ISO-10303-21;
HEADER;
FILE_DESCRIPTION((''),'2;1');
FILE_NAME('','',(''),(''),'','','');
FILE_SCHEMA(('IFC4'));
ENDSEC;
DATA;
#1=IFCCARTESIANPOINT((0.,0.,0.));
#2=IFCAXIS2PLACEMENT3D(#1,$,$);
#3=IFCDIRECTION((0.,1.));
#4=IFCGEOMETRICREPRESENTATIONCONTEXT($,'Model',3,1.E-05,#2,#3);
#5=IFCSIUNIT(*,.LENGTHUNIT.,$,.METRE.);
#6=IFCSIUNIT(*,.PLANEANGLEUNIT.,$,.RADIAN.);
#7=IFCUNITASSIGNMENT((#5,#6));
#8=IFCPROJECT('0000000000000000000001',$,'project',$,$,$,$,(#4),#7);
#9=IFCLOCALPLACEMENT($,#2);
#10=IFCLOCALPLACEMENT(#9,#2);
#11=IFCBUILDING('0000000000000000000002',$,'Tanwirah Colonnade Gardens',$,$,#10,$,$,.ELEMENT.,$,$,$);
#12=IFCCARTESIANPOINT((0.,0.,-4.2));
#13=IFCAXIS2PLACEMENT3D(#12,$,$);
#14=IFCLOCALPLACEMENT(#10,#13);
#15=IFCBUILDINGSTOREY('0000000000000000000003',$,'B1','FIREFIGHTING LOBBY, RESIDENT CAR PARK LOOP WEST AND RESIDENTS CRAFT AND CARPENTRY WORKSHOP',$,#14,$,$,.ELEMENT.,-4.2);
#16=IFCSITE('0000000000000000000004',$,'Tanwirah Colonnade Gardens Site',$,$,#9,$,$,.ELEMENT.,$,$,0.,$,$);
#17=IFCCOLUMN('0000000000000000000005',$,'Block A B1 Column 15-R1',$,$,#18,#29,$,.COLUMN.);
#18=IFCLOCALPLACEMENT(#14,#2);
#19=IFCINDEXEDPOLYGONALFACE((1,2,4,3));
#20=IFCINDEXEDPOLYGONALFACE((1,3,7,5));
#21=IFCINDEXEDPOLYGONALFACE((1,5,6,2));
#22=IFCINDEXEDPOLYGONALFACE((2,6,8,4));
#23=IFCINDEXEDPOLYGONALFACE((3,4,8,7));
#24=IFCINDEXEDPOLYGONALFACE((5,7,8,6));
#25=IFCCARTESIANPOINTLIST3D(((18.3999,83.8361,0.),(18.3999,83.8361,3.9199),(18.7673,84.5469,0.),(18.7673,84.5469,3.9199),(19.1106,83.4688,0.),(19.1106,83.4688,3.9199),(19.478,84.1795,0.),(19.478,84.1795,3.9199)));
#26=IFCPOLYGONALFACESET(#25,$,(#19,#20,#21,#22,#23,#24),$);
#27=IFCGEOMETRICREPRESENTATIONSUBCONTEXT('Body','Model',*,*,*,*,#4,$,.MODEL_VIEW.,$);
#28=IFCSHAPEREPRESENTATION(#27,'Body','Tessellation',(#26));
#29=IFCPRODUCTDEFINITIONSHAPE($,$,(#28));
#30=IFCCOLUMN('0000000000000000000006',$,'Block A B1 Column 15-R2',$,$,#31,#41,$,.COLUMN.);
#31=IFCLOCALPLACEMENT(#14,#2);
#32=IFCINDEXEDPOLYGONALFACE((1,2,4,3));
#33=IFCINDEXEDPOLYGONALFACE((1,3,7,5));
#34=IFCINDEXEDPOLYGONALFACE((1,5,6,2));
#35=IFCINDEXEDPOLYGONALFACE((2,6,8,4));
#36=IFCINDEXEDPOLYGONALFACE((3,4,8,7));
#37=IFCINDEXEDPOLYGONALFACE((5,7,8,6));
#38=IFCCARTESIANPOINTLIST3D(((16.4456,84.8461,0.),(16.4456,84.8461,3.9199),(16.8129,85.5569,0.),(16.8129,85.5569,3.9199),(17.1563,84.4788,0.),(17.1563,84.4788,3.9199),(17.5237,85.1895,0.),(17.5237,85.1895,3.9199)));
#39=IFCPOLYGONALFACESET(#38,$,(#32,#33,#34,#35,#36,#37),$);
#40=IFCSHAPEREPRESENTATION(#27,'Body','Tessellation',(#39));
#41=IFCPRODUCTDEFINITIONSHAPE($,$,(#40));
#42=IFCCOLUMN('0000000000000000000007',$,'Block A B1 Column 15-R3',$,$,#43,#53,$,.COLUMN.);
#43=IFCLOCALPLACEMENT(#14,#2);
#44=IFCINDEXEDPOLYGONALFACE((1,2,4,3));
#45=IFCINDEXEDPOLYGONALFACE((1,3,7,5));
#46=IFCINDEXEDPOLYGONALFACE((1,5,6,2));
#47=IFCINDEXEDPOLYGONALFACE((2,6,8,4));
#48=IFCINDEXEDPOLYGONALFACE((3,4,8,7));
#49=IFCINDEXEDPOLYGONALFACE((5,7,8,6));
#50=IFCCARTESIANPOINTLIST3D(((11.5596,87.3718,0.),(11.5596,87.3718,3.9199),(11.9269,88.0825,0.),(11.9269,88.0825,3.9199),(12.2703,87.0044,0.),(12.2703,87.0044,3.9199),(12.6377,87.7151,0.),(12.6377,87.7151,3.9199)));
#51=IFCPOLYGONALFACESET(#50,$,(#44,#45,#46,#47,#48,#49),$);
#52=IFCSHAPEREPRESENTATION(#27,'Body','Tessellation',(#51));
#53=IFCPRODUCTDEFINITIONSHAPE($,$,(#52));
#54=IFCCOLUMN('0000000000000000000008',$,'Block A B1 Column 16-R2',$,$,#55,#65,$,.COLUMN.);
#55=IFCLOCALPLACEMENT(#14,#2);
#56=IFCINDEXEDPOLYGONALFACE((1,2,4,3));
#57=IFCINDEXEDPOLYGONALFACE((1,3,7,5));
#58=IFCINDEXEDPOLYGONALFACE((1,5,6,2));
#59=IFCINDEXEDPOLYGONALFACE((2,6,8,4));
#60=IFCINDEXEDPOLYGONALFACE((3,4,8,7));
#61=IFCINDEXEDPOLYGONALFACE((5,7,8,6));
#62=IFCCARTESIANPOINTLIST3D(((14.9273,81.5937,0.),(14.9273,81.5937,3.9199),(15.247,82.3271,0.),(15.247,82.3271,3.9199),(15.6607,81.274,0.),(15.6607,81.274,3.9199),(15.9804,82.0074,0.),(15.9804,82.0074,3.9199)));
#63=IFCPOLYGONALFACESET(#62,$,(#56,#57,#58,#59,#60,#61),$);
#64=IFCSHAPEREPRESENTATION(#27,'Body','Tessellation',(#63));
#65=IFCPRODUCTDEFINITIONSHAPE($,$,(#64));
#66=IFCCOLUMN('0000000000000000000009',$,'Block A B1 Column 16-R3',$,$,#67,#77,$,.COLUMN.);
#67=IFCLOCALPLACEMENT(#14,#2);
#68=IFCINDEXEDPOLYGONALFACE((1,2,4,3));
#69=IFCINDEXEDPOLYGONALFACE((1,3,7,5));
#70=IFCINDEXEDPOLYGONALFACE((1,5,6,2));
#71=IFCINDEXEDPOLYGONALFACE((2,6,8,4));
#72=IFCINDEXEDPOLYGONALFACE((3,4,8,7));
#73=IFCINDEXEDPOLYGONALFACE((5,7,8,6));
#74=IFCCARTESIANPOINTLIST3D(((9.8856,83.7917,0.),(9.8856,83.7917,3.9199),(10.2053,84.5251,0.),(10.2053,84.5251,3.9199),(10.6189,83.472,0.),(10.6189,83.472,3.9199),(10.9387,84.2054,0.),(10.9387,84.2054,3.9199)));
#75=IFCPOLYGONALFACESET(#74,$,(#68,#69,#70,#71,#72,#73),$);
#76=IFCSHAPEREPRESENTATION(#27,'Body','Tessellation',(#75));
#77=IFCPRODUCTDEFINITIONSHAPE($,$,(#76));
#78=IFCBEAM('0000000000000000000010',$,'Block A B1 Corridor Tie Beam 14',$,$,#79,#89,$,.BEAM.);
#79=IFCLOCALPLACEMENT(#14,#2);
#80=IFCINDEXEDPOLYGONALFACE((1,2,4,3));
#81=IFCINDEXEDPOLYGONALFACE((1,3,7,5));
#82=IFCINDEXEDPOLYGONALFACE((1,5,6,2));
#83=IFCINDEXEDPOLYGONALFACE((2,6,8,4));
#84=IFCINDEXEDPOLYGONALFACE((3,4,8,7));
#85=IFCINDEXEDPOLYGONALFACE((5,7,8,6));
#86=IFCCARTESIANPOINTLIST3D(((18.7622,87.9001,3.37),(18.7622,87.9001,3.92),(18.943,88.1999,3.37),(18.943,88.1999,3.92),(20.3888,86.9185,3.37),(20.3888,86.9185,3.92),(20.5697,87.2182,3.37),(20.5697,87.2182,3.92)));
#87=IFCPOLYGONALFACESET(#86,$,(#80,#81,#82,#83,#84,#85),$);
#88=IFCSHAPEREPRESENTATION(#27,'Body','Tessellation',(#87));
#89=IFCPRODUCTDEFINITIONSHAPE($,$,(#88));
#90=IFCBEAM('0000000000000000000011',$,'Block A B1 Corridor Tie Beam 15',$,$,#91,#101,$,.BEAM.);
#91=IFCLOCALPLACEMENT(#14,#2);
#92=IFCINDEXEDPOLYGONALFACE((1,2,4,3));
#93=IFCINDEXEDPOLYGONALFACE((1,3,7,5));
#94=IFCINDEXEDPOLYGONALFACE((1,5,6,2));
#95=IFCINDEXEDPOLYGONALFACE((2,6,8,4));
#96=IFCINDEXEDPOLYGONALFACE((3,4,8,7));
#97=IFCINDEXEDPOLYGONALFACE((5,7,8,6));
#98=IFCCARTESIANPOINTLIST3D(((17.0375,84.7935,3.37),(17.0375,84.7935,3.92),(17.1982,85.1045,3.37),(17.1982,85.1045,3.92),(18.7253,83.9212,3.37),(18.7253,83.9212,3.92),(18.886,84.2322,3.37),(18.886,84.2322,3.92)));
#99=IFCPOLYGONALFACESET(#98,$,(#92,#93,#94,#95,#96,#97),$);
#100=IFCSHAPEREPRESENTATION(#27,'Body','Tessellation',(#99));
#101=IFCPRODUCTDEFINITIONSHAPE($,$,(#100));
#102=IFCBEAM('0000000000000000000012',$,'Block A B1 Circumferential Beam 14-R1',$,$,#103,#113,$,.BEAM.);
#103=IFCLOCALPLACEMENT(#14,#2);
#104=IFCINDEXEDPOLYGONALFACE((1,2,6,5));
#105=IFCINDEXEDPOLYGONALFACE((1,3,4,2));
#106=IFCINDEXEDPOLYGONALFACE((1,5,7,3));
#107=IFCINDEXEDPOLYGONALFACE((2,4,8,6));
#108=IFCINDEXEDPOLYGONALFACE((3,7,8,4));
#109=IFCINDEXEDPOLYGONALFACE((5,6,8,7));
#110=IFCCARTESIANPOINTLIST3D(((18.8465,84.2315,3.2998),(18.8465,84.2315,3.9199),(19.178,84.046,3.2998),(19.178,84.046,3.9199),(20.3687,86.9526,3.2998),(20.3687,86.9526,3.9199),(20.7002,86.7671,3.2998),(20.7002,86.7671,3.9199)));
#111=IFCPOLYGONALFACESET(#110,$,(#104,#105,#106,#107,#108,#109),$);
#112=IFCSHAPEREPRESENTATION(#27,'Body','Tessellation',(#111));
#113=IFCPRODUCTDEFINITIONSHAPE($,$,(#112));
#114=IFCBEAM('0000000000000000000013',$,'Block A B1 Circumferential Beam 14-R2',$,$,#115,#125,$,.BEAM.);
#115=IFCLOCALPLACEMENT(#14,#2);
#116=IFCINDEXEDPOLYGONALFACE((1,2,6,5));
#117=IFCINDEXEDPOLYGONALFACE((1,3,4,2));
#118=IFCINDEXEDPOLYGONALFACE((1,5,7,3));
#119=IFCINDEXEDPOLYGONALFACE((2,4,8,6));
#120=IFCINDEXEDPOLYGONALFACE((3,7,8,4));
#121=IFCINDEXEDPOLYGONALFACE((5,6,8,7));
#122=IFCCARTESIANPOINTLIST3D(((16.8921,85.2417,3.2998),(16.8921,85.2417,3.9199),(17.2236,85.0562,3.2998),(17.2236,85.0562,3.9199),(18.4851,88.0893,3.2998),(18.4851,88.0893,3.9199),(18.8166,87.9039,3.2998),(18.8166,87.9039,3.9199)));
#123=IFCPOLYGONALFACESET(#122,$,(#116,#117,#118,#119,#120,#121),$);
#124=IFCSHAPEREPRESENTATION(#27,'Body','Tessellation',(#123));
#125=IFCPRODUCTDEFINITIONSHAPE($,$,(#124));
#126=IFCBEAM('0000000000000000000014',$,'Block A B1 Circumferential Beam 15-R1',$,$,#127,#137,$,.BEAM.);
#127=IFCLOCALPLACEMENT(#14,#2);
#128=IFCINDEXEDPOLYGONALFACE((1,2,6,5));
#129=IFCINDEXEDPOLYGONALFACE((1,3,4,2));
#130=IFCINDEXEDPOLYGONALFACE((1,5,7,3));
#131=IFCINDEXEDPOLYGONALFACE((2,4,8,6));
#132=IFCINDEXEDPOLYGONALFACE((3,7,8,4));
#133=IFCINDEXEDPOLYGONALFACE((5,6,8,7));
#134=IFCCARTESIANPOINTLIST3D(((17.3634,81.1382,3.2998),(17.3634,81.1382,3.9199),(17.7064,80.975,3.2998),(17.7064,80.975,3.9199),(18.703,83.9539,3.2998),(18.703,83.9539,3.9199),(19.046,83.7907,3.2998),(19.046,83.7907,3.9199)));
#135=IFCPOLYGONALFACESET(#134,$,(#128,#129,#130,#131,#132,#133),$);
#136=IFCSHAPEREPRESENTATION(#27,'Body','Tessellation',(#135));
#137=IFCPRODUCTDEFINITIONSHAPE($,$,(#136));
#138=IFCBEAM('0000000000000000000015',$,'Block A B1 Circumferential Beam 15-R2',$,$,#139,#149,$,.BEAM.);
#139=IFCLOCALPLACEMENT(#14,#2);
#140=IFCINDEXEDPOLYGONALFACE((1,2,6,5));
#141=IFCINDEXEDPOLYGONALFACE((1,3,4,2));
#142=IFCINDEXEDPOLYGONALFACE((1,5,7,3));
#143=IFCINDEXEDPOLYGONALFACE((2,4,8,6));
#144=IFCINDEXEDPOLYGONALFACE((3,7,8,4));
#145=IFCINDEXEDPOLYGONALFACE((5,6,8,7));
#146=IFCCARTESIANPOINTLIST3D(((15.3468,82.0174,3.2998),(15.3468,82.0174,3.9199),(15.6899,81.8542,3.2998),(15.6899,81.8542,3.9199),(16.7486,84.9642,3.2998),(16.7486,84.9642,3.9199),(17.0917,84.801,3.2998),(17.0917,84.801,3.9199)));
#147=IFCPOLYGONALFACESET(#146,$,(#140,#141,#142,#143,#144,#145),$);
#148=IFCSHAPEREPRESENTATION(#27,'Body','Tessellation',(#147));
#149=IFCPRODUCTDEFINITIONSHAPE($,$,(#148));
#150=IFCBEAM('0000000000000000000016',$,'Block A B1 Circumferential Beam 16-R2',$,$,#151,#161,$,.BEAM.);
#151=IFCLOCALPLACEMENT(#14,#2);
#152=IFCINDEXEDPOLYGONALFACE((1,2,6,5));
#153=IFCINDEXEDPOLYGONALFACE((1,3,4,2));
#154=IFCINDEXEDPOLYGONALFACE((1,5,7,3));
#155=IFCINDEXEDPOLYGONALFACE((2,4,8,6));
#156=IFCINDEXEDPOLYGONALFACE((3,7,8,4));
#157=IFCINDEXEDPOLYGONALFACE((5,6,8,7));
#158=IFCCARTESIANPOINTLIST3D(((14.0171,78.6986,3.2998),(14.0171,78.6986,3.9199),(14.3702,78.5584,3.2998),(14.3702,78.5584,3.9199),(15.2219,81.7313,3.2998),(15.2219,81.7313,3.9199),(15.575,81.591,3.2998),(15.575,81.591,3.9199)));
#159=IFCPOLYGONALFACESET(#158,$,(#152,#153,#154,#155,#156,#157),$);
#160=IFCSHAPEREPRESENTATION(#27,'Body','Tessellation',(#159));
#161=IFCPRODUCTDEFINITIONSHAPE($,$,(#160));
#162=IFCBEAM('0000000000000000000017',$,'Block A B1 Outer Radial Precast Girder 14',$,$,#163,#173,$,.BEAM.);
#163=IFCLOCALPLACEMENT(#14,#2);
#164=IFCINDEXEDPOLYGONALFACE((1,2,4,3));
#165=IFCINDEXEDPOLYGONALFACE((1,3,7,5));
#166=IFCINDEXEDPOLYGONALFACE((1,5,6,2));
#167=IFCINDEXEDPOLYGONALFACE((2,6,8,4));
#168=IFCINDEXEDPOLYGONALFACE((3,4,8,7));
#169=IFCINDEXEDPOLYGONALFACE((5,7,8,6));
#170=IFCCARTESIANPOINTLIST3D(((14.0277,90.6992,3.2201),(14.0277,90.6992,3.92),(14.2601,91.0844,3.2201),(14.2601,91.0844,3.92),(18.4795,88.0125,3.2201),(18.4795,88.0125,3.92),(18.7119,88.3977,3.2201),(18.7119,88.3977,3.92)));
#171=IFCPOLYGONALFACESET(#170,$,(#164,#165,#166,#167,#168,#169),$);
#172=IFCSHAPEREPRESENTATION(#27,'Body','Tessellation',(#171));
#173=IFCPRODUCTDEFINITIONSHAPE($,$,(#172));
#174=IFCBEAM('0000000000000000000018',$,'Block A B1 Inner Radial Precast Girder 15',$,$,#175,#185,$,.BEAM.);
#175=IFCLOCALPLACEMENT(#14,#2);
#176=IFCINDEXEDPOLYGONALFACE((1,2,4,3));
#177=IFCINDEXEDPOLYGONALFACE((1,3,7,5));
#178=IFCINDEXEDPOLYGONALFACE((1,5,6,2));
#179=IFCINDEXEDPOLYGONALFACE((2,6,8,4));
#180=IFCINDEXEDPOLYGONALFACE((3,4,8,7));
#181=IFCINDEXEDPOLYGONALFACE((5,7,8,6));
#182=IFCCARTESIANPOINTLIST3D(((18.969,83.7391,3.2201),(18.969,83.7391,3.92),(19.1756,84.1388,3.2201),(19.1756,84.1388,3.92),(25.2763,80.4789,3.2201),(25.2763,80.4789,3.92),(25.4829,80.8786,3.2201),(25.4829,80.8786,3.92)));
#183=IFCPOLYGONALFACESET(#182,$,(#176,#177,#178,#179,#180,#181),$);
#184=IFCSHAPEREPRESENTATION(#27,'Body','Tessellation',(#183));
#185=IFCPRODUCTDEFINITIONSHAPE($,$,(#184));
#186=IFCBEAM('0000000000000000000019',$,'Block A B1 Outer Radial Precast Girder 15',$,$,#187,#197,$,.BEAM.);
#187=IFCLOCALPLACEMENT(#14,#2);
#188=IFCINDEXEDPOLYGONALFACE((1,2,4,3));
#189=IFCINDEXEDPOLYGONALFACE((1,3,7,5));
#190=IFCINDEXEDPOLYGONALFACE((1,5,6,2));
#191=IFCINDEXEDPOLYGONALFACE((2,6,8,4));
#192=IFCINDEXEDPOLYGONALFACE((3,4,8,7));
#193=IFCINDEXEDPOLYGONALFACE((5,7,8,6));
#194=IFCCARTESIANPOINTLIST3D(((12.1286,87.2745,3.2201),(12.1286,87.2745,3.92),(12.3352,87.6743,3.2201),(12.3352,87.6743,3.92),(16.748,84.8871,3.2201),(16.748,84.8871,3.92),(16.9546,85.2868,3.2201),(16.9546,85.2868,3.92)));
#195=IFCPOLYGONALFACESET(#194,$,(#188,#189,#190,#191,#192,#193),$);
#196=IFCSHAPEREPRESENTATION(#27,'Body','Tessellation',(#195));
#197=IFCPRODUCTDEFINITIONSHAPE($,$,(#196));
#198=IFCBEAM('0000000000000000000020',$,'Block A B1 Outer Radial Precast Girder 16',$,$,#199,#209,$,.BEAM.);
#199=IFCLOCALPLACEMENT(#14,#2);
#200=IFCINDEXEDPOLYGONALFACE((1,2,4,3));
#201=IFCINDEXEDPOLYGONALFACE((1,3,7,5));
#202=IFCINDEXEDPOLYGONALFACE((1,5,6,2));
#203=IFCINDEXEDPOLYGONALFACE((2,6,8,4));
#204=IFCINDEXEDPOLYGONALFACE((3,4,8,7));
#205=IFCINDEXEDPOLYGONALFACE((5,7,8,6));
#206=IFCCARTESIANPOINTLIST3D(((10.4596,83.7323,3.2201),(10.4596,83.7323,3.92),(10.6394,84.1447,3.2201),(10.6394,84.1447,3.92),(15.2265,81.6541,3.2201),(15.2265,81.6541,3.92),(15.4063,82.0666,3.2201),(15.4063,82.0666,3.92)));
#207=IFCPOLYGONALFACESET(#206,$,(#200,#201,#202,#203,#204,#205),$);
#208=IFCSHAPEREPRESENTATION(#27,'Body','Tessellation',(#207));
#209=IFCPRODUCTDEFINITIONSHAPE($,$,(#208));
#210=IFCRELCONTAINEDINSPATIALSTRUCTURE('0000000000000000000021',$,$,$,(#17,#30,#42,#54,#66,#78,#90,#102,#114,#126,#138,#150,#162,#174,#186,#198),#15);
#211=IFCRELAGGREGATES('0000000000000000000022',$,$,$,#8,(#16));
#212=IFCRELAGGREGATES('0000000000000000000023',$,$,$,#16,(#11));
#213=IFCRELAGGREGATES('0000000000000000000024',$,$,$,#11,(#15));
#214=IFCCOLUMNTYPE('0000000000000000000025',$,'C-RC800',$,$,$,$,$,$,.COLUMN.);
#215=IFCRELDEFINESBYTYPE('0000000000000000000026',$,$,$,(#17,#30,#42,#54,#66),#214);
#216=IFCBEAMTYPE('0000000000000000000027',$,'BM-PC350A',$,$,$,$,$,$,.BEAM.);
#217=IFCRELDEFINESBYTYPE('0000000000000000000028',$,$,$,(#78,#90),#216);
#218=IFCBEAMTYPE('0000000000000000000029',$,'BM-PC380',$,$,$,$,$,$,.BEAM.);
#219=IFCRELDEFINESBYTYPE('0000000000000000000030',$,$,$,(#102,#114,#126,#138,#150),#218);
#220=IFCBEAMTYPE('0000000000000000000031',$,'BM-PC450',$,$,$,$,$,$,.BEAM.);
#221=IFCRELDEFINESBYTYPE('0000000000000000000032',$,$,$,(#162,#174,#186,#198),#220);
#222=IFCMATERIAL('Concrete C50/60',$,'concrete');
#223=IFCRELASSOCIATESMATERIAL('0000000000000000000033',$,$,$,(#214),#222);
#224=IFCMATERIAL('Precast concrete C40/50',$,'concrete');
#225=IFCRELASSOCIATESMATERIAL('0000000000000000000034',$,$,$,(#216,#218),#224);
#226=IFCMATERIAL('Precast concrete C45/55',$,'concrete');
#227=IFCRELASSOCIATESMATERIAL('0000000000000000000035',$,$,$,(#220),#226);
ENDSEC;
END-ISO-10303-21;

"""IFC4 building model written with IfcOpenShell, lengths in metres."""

from ifc_helpers import new_model, si_unit, direction, frame, origin, origin_2d, place, context, subcontext, project, spatial, rectangle, extrude, material, material_profile, profile_set, type_object, element, save


model = new_model("IFC4")

# Units and contexts
model_context = context("Model", 3, precision=1e-05, world=origin(), true_north=direction((0.0, 1.0)))
body_context = subcontext(model_context, "Body", "Model", "MODEL_VIEW")
ifc_project = project(units=[si_unit("LENGTHUNIT", "METRE"), si_unit("PLANEANGLEUNIT", "RADIAN")], contexts=[model_context])

# Site, building, storey
site_placement = place(None, origin())
site = spatial("IfcSite", under=ifc_project, at=site_placement, Name="Tanwirah Colonnade Gardens Site", CompositionType="ELEMENT", RefElevation=0.0)
building_placement = place(site_placement, origin())
building = spatial("IfcBuilding", under=site, at=building_placement, Name="Tanwirah Colonnade Gardens", CompositionType="ELEMENT")
storey_placement = place(building_placement, frame((0.0, 0.0, -4.2)))
storey = spatial("IfcBuildingStorey", under=building, at=storey_placement, Name="B1", Description="FIREFIGHTING LOBBY, RESIDENT CAR PARK LOOP WEST AND RESIDENTS CRAFT AND CARPENTRY WORKSHOP", CompositionType="ELEMENT", Elevation=-4.2)

# Columns
ifc_material_1 = material(Name="Concrete C50/60", Category="concrete")
ifc_material_profile_1 = material_profile(ifc_material_1, rectangle(XDim=0.8, YDim=0.8, at=origin_2d()), Name="RC-COL 800x800")
ifc_profile_set_1 = profile_set([ifc_material_profile_1], Name="Concrete C50/60")
column_type = type_object("IfcColumnType", Name="C-RC800", PredefinedType="COLUMN", material=ifc_profile_set_1)
for number, where, z_axis, x_axis, name in (
    (1, (18.939, 84.0078, 0.0), (0.0, 0.0, 1.0), (-0.88835, 0.459166, 0.0), "Block A B1 Column 15-R1"),
    (2, (16.9846, 85.0178, 0.0), (0.0, 0.0, 1.0), (-0.88835, 0.459166, 0.0), "Block A B1 Column 15-R2"),
    (3, (12.0986, 87.5435, 0.0), (0.0, 0.0, 1.0), (-0.88835, 0.459166, 0.0), "Block A B1 Column 15-R3"),
    (4, (15.4539, 81.8005, 0.0), (0.0, 0.0, 1.0), (-0.916673, 0.399638, 0.0), "Block A B1 Column 16-R2"),
    (5, (10.4121, 83.9985, 0.0), (0.0, 0.0, 1.0), (-0.916673, 0.399638, 0.0), "Block A B1 Column 16-R3"),
):
    element("IfcColumn", number, at=place(storey_placement, frame(where, z_axis=z_axis, x_axis=x_axis)), inside=storey, type_object=column_type, Name=name, PredefinedType="COLUMN", context=body_context, shape_type="SweptSolid", body=[
        extrude(rectangle(XDim=0.8, YDim=0.8, at=origin_2d()), origin(), (0.0, 0.0, 1.0), 3.9199),
    ])

# Beams
ifc_material_2 = material(Name="Precast concrete C40/50", Category="concrete")
ifc_material_profile_2 = material_profile(ifc_material_2, rectangle(XDim=0.3501, YDim=0.55, at=origin_2d()), Name="PC-BM 350x550")
ifc_profile_set_2 = profile_set([ifc_material_profile_2], Name="Precast concrete C40/50")
beam_type_1 = type_object("IfcBeamType", Name="BM-PC350A", PredefinedType="BEAM", material=ifc_profile_set_2)
for number, where, z_axis, x_axis, name in (
    (6, (20.4792, 87.0684, 3.645), (-0.856175, 0.516686, 0.0), (-0.516686, -0.856175, 0.0), "Block A B1 Corridor Tie Beam 14"),
    (7, (18.8057, 84.0767, 3.645), (-0.888359, 0.45915, 0.0), (-0.45915, -0.888359, 0.0), "Block A B1 Corridor Tie Beam 15"),
):
    element("IfcBeam", number, at=place(storey_placement, frame(where, z_axis=z_axis, x_axis=x_axis)), inside=storey, type_object=beam_type_1, Name=name, PredefinedType="BEAM", context=body_context, shape_type="SweptSolid", body=[
        extrude(rectangle(XDim=0.3501, YDim=0.55, at=origin_2d()), origin(), (0.0, 0.0, 1.0), 1.8999),
    ])
ifc_material_profile_3 = material_profile(ifc_material_2, rectangle(XDim=0.3799, YDim=0.6201, at=origin_2d()), Name="PC-BM 380x620")
ifc_profile_set_3 = profile_set([ifc_material_profile_3], Name="Precast concrete C40/50")
beam_type_2 = type_object("IfcBeamType", Name="BM-PC380", PredefinedType="BEAM", material=ifc_profile_set_3)
beam_1_placement = place(storey_placement, frame((20.5344, 86.8599, 3.6099), z_axis=(-0.4882, -0.872732, 0.0), x_axis=(0.872732, -0.4882, 0.0)))
element("IfcBeam", 8, at=beam_1_placement, inside=storey, type_object=beam_type_2, Name="Block A B1 Circumferential Beam 14-R1", PredefinedType="BEAM", context=body_context, shape_type="SweptSolid", body=[
    extrude(rectangle(XDim=0.3799, YDim=0.6201, at=origin_2d()), origin(), (0.0, 0.0, 1.0), 3.1179),
])
beam_2_placement = place(storey_placement, frame((18.6509, 87.9966, 3.6099), z_axis=(-0.488214, -0.872724, 0.0), x_axis=(0.872724, -0.488214, 0.0)))
element("IfcBeam", 9, at=beam_2_placement, inside=storey, type_object=beam_type_2, Name="Block A B1 Circumferential Beam 14-R2", PredefinedType="BEAM", context=body_context, shape_type="SweptSolid", body=[
    extrude(rectangle(XDim=0.3799, YDim=0.6201, at=origin_2d()), origin(), (0.0, 0.0, 1.0), 3.2629),
])
beam_3_placement = place(storey_placement, frame((18.8745, 83.8723, 3.6099), z_axis=(-0.429621, -0.90301, 0.0), x_axis=(0.90301, -0.429621, 0.0)))
element("IfcBeam", 10, at=beam_3_placement, inside=storey, type_object=beam_type_2, Name="Block A B1 Circumferential Beam 15-R1", PredefinedType="BEAM", context=body_context, shape_type="SweptSolid", body=[
    extrude(rectangle(XDim=0.3799, YDim=0.6201, at=origin_2d()), origin(), (0.0, 0.0, 1.0), 3.1182),
])
for number, where, z_axis, x_axis, name in (
    (11, (16.9202, 84.8826, 3.6099), (-0.429591, -0.903024, 0.0), (0.903024, -0.429591, 0.0), "Block A B1 Circumferential Beam 15-R2"),
    (12, (15.3984, 81.6611, 3.6099), (-0.36921, -0.929346, 0.0), (0.929346, -0.36921, 0.0), "Block A B1 Circumferential Beam 16-R2"),
):
    element("IfcBeam", number, at=place(storey_placement, frame(where, z_axis=z_axis, x_axis=x_axis)), inside=storey, type_object=beam_type_2, Name=name, PredefinedType="BEAM", context=body_context, shape_type="SweptSolid", body=[
        extrude(rectangle(XDim=0.3799, YDim=0.6201, at=origin_2d()), origin(), (0.0, 0.0, 1.0), 3.2632),
    ])
ifc_material_3 = material(Name="Precast concrete C45/55", Category="concrete")
ifc_material_profile_4 = material_profile(ifc_material_3, rectangle(XDim=0.45, YDim=0.7, at=origin_2d()), Name="PC-BM 450x700")
ifc_profile_set_4 = profile_set([ifc_material_profile_4], Name="Precast concrete C45/55")
beam_type_3 = type_object("IfcBeamType", Name="BM-PC450", PredefinedType="BEAM", material=ifc_profile_set_4)
beam_4_placement = place(storey_placement, frame((18.5957, 88.2051, 3.5701), z_axis=(-0.856164, 0.516704, 0.0), x_axis=(-0.516704, -0.856164, 0.0)))
element("IfcBeam", 13, at=beam_4_placement, inside=storey, type_object=beam_type_3, Name="Block A B1 Outer Radial Precast Girder 14", PredefinedType="BEAM", context=body_context, shape_type="SweptSolid", body=[
    extrude(rectangle(XDim=0.45, YDim=0.7, at=origin_2d()), origin(), (0.0, 0.0, 1.0), 5.1997),
])
beam_5_placement = place(storey_placement, frame((19.0723, 83.939, 3.5701), z_axis=(0.888343, -0.459181, 0.0), x_axis=(0.459181, 0.888343, 0.0)))
element("IfcBeam", 14, at=beam_5_placement, inside=storey, type_object=beam_type_3, Name="Block A B1 Inner Radial Precast Girder 15", PredefinedType="BEAM", context=body_context, shape_type="SweptSolid", body=[
    extrude(rectangle(XDim=0.45, YDim=0.7, at=origin_2d()), origin(), (0.0, 0.0, 1.0), 7.1001),
])
beam_6_placement = place(storey_placement, frame((16.8513, 85.0869, 3.5701), z_axis=(-0.888366, 0.459137, 0.0), x_axis=(-0.459137, -0.888366, 0.0)))
element("IfcBeam", 15, at=beam_6_placement, inside=storey, type_object=beam_type_3, Name="Block A B1 Outer Radial Precast Girder 15", PredefinedType="BEAM", context=body_context, shape_type="SweptSolid", body=[
    extrude(rectangle(XDim=0.45, YDim=0.7, at=origin_2d()), origin(), (0.0, 0.0, 1.0), 5.2),
])
beam_7_placement = place(storey_placement, frame((15.3164, 81.8604, 3.5701), z_axis=(-0.916677, 0.399629, 0.0), x_axis=(-0.399629, -0.916677, 0.0)))
element("IfcBeam", 16, at=beam_7_placement, inside=storey, type_object=beam_type_3, Name="Block A B1 Outer Radial Precast Girder 16", PredefinedType="BEAM", context=body_context, shape_type="SweptSolid", body=[
    extrude(rectangle(XDim=0.45, YDim=0.7, at=origin_2d()), origin(), (0.0, 0.0, 1.0), 5.2002),
])

save(model, "model.ifc")
